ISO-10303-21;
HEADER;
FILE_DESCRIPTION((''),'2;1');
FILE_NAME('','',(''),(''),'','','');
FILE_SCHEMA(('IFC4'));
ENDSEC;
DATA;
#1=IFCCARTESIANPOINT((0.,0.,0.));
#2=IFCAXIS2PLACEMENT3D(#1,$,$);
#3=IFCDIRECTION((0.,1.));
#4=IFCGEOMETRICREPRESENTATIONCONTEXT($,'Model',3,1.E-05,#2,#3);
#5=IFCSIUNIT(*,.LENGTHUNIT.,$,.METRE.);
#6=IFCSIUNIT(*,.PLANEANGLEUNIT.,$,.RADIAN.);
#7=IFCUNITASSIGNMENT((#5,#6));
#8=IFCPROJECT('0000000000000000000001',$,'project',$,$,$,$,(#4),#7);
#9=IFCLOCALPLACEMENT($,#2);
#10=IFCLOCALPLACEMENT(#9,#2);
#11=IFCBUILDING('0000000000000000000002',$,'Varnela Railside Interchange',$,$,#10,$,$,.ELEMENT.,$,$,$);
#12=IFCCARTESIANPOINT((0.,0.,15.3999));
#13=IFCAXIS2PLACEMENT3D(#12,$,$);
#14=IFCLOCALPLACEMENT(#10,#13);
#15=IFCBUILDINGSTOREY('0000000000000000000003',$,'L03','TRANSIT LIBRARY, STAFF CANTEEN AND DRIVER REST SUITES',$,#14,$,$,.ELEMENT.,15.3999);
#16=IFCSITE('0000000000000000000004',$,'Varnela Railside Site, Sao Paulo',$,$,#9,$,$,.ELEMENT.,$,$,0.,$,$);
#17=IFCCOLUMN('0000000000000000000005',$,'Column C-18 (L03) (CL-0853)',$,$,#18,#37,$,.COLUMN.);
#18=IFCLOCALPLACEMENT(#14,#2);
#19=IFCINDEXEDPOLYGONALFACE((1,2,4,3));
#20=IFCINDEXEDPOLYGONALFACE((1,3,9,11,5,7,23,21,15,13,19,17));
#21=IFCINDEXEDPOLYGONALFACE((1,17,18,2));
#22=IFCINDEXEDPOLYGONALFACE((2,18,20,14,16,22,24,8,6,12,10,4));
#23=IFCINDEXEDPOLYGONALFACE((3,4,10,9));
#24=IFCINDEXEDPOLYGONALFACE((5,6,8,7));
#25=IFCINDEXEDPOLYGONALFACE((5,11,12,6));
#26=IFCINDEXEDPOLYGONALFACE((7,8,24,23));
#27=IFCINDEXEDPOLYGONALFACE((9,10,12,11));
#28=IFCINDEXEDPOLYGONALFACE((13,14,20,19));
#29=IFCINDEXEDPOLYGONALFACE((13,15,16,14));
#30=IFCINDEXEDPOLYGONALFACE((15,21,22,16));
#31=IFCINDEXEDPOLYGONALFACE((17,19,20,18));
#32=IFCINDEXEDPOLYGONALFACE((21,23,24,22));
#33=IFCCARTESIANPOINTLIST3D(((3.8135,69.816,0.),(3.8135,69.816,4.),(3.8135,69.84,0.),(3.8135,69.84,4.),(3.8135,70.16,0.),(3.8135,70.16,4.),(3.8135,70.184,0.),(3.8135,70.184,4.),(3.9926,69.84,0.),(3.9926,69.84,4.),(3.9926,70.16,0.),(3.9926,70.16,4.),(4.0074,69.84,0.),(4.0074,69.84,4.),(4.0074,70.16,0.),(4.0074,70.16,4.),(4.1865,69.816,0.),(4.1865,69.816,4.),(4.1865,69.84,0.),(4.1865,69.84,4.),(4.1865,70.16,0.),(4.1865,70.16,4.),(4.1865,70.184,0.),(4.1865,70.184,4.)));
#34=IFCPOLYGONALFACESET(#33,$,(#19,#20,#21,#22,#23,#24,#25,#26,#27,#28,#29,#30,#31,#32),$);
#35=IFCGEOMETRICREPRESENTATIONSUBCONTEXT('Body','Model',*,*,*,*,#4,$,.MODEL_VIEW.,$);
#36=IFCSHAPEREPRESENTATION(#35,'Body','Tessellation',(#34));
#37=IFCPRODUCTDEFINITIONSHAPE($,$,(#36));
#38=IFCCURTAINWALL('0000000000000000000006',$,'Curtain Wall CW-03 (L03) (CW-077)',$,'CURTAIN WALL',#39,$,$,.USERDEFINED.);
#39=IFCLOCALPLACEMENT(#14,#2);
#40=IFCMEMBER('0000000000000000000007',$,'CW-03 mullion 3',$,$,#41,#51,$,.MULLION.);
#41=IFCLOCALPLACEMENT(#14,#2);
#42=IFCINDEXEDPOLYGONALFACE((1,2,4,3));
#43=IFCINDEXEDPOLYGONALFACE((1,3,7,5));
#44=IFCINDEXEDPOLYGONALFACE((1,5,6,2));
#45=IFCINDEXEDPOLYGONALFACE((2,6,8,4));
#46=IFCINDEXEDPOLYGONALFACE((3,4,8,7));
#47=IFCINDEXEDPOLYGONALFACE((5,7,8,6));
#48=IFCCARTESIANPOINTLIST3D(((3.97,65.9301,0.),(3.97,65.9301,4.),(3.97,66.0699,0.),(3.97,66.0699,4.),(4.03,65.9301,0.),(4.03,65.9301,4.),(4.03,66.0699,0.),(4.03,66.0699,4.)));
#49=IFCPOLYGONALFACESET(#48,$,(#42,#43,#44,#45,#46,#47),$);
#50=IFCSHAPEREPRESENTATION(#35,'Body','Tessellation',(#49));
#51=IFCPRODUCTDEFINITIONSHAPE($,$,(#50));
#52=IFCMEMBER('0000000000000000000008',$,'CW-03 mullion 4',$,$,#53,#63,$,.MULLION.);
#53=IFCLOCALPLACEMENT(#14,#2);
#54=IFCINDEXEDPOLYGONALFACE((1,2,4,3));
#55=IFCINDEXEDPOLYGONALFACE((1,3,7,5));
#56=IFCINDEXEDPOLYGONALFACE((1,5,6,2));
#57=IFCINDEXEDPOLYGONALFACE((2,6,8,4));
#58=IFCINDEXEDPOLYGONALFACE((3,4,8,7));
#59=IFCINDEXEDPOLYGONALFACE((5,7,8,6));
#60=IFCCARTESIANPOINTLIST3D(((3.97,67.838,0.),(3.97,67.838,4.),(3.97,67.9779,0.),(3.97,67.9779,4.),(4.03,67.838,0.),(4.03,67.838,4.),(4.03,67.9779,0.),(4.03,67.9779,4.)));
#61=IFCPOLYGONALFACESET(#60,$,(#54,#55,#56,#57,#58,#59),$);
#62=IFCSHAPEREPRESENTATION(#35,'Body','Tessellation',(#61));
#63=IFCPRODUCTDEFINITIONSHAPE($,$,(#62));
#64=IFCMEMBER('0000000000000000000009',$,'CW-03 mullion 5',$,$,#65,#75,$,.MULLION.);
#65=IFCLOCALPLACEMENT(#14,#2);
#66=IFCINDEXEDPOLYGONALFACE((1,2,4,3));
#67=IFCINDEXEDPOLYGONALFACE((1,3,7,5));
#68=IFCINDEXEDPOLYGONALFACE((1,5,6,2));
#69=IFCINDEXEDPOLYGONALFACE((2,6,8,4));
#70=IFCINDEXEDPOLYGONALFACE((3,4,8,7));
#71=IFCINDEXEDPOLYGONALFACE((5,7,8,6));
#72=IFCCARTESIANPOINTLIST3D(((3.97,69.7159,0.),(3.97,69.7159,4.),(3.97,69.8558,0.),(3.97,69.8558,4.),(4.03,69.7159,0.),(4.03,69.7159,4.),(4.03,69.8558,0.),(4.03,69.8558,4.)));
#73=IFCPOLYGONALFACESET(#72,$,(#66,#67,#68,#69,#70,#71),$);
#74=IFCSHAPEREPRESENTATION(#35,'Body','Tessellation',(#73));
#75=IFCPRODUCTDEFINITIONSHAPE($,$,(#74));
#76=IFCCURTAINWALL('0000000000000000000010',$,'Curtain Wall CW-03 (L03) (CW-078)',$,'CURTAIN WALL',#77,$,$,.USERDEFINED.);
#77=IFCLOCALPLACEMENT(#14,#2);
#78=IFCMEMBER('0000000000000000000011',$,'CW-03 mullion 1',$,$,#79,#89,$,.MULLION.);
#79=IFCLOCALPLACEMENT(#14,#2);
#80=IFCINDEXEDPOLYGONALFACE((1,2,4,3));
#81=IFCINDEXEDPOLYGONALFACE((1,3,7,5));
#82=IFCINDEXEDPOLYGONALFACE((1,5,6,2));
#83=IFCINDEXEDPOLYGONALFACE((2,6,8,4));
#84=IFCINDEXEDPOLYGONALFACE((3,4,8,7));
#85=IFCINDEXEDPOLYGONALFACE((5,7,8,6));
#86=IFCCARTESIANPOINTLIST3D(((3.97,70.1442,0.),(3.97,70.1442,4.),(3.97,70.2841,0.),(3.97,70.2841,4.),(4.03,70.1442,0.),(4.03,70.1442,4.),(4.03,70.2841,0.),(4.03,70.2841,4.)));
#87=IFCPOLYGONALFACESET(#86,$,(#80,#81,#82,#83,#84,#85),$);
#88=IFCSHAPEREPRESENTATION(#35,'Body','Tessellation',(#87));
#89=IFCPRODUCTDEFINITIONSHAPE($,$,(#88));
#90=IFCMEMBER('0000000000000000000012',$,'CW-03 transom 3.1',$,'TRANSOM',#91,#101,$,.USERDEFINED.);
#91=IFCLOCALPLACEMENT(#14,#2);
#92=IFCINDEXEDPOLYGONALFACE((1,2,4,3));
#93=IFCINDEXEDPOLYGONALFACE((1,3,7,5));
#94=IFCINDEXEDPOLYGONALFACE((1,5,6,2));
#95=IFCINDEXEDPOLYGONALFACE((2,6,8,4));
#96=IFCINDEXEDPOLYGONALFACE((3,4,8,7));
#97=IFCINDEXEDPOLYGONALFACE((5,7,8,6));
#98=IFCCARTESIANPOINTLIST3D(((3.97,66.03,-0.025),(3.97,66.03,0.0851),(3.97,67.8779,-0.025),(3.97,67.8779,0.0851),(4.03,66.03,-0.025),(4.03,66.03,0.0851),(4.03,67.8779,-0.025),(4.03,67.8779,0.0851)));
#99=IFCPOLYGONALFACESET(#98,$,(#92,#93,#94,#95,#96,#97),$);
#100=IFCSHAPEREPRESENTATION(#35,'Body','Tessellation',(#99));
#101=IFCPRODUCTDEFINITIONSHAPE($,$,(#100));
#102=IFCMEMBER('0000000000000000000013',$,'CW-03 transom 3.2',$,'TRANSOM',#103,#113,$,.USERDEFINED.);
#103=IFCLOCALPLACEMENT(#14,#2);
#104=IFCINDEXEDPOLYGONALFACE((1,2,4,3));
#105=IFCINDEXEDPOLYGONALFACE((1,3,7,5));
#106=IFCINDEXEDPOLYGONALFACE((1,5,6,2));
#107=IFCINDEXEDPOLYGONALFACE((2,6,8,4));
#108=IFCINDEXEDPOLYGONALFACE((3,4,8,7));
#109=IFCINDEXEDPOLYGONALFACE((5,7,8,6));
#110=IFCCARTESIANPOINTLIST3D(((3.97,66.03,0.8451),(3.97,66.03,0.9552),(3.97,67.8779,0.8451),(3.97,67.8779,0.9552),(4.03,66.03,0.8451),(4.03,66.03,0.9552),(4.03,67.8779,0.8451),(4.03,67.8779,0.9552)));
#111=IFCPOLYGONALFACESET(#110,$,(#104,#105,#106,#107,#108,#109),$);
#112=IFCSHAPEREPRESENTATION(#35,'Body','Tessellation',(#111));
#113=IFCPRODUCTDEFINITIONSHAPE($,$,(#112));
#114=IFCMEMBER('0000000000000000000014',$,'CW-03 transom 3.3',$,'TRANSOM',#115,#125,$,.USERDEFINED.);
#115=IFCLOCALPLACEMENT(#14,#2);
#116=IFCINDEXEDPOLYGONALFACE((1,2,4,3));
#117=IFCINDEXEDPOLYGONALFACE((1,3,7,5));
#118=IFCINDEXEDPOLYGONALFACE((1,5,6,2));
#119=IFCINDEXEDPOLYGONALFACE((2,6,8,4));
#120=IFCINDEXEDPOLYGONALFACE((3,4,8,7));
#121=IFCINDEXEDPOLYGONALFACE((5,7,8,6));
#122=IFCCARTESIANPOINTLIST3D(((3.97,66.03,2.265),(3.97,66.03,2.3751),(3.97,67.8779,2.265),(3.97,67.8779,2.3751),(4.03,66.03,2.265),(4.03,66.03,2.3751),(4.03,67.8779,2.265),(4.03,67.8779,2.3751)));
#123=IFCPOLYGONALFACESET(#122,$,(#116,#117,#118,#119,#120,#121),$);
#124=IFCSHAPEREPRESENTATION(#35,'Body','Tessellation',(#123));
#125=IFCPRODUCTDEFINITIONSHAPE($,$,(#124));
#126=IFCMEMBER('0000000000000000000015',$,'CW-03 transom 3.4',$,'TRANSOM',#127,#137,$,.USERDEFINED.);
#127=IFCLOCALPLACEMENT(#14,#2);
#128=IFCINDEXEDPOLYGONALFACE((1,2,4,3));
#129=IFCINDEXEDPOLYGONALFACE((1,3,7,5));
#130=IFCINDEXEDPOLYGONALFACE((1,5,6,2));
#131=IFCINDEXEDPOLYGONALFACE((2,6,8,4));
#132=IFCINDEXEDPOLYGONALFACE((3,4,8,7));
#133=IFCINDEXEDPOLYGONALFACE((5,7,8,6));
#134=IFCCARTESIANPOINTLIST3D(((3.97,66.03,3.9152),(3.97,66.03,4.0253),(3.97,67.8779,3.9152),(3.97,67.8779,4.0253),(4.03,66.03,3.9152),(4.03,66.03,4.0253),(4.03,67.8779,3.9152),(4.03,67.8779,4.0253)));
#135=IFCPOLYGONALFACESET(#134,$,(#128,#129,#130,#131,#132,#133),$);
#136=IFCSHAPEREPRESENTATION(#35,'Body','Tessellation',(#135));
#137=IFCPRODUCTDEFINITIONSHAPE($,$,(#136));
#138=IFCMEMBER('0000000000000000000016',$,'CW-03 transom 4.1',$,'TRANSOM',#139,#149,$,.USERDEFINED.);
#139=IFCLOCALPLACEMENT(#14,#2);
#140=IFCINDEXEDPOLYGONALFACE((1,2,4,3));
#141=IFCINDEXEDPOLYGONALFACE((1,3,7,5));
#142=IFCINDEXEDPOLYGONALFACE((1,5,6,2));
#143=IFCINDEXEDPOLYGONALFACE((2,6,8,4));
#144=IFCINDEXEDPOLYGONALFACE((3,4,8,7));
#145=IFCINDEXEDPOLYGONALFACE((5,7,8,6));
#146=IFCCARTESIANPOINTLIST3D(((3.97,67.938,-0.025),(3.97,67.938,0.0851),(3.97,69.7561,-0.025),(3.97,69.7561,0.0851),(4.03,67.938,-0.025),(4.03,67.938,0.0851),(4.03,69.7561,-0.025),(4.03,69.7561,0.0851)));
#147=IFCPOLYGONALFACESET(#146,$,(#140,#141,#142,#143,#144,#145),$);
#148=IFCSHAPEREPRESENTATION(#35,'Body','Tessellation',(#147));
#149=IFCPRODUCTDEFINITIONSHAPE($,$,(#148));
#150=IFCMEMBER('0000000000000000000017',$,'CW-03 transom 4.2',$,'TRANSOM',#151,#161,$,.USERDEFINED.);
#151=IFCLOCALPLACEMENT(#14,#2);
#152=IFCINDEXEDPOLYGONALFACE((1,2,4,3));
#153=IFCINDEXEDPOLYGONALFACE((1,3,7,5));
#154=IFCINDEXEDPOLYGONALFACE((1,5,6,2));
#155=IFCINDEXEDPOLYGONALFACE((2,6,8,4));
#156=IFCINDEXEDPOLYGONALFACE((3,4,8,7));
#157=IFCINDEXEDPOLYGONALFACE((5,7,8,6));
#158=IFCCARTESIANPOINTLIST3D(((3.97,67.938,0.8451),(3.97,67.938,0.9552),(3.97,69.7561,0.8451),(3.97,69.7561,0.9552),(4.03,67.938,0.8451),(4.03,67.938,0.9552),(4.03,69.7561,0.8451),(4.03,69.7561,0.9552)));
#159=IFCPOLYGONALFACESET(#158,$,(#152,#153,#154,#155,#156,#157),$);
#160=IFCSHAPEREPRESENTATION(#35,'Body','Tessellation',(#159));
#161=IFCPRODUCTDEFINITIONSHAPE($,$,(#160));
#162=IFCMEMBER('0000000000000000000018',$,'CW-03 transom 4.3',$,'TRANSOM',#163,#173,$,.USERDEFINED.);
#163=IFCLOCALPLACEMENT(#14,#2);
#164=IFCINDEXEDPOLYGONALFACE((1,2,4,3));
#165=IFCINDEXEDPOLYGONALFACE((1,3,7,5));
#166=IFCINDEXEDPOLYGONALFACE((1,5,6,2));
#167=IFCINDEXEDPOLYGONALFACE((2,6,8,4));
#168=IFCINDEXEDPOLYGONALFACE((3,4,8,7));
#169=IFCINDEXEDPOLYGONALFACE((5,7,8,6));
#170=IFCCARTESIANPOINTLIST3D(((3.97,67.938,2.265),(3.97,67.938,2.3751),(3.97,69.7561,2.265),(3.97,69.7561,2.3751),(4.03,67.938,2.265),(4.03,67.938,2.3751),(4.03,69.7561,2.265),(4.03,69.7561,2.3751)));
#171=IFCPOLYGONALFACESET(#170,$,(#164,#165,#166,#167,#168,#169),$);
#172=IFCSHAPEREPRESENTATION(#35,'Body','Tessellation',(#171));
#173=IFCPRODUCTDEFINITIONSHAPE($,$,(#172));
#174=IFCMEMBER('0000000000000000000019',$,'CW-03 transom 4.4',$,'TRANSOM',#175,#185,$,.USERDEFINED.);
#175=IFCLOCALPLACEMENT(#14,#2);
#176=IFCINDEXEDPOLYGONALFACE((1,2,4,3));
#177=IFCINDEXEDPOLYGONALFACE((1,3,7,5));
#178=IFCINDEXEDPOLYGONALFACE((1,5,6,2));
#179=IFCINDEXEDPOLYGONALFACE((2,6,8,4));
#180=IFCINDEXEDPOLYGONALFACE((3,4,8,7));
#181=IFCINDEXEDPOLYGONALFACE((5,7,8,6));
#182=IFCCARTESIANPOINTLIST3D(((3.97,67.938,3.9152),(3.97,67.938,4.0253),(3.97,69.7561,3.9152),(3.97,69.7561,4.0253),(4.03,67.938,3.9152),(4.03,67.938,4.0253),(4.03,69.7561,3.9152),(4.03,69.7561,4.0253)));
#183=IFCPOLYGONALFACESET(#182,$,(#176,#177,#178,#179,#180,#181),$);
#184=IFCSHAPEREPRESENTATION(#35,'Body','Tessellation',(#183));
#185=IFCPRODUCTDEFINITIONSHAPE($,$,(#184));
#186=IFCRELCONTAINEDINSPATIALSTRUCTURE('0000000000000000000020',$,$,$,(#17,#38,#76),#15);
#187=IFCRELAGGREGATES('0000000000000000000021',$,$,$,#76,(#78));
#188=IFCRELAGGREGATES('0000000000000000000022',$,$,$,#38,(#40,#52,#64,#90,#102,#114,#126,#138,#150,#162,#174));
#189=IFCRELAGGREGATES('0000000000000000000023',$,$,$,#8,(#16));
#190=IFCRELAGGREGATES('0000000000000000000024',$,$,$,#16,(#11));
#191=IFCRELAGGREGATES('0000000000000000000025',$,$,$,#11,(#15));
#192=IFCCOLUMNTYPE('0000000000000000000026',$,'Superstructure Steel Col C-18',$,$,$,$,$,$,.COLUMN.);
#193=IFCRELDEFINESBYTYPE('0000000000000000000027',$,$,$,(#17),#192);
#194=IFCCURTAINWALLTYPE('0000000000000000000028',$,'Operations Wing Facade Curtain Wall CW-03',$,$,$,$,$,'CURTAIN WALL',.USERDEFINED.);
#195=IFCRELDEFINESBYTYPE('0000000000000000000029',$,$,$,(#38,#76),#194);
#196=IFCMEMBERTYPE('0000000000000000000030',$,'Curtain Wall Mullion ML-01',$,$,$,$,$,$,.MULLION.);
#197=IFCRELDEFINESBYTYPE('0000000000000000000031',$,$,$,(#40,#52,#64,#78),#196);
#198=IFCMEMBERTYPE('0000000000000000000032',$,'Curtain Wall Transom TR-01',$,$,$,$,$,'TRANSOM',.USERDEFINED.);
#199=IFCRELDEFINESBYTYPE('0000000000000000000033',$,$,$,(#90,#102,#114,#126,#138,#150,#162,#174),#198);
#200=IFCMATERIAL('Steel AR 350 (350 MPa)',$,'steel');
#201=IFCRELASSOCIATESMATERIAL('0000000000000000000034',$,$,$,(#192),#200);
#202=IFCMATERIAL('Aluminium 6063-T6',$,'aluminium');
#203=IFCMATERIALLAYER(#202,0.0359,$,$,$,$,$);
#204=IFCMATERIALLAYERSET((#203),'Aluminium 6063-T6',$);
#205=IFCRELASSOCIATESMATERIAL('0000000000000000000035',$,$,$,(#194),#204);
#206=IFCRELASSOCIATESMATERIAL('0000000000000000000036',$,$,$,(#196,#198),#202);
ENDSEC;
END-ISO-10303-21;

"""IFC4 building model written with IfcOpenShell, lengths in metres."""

from ifc_helpers import new_model, si_unit, direction, frame, origin, origin_2d, place, context, subcontext, project, spatial, rectangle, i_section, extrude, material, layer, layer_set, material_profile, profile_set, type_object, element, aggregate, save


model = new_model("IFC4")

# Units and contexts
model_context = context("Model", 3, precision=1e-05, world=origin(), true_north=direction((0.0, 1.0)))
body_context = subcontext(model_context, "Body", "Model", "MODEL_VIEW")
ifc_project = project(units=[si_unit("LENGTHUNIT", "METRE"), si_unit("PLANEANGLEUNIT", "RADIAN")], contexts=[model_context])

# Site, building, storey
site_placement = place(None, origin())
site = spatial("IfcSite", under=ifc_project, at=site_placement, Name="Varnela Railside Site, Sao Paulo", CompositionType="ELEMENT", RefElevation=0.0)
building_placement = place(site_placement, origin())
building = spatial("IfcBuilding", under=site, at=building_placement, Name="Varnela Railside Interchange", CompositionType="ELEMENT")
storey_placement = place(building_placement, frame((0.0, 0.0, 15.3999)))
storey = spatial("IfcBuildingStorey", under=building, at=storey_placement, Name="L03", Description="TRANSIT LIBRARY, STAFF CANTEEN AND DRIVER REST SUITES", CompositionType="ELEMENT", Elevation=15.3999)

# Column
ifc_material_1 = material(Name="Steel AR 350 (350 MPa)", Category="steel")
ifc_material_profile_1 = material_profile(ifc_material_1, i_section(OverallWidth=0.373, OverallDepth=0.3679, WebThickness=0.0149, FlangeThickness=0.0239, at=origin_2d()), Name="W360x179")
ifc_profile_set_1 = profile_set([ifc_material_profile_1], Name="Steel AR 350 (350 MPa)")
column_type = type_object("IfcColumnType", Name="Superstructure Steel Col C-18", PredefinedType="COLUMN", material=ifc_profile_set_1)
column_placement = place(storey_placement, frame((4.0, 70.0, 0.0), z_axis=(0.0, 0.0, 1.0), x_axis=(1.0, 0.0, 0.0)))
element("IfcColumn", 1, at=column_placement, inside=storey, type_object=column_type, Name="Column C-18 (L03) (CL-0853)", PredefinedType="COLUMN", context=body_context, shape_type="SweptSolid", body=[
    extrude(i_section(OverallWidth=0.373, OverallDepth=0.3679, WebThickness=0.0149, FlangeThickness=0.0239, at=origin_2d()), origin(), (0.0, 0.0, 1.0), 4.0),
])

# Curtain wall, members
ifc_material_2 = material(Name="Aluminium 6063-T6", Category="aluminium")
ifc_layer_1 = layer(ifc_material_2, 0.0359)
ifc_layer_set_1 = layer_set([ifc_layer_1], Name="Aluminium 6063-T6")
curtain_wall_type = type_object("IfcCurtainWallType", Name="Operations Wing Facade Curtain Wall CW-03", ElementType="CURTAIN WALL", PredefinedType="USERDEFINED", material=ifc_layer_set_1)
curtain_wall_1_placement = place(storey_placement, origin())
curtain_wall_1 = element("IfcCurtainWall", 2, at=curtain_wall_1_placement, inside=storey, type_object=curtain_wall_type, Name="Curtain Wall CW-03 (L03) (CW-077)", ObjectType="CURTAIN WALL", PredefinedType="USERDEFINED")
ifc_material_profile_2 = material_profile(ifc_material_2, rectangle(XDim=0.0601, YDim=0.1399, at=origin_2d()), Name="ALU 60x140")
ifc_profile_set_2 = profile_set([ifc_material_profile_2], Name="Aluminium 6063-T6")
member_type_1 = type_object("IfcMemberType", Name="Curtain Wall Mullion ML-01", PredefinedType="MULLION", material=ifc_profile_set_2)
member_1_placement = place(storey_placement, frame((4.0, 66.0, 0.0), z_axis=(0.0, 0.0, 1.0), x_axis=(-1.0, 0.0, 0.0)))
member_1 = element("IfcMember", 3, at=member_1_placement, type_object=member_type_1, Name="CW-03 mullion 3", PredefinedType="MULLION", context=body_context, shape_type="SweptSolid", body=[
    extrude(rectangle(XDim=0.0601, YDim=0.1399, at=origin_2d()), origin(), (0.0, 0.0, 1.0), 4.0),
])
member_2_placement = place(storey_placement, frame((4.0, 67.908, 0.0), z_axis=(0.0, 0.0, 1.0), x_axis=(-1.0, 0.0, 0.0)))
member_2 = element("IfcMember", 4, at=member_2_placement, type_object=member_type_1, Name="CW-03 mullion 4", PredefinedType="MULLION", context=body_context, shape_type="SweptSolid", body=[
    extrude(rectangle(XDim=0.0601, YDim=0.1399, at=origin_2d()), origin(), (0.0, 0.0, 1.0), 4.0),
])
member_3_placement = place(storey_placement, frame((4.0, 69.7859, 0.0), z_axis=(0.0, 0.0, 1.0), x_axis=(-1.0, 0.0, 0.0)))
member_3 = element("IfcMember", 5, at=member_3_placement, type_object=member_type_1, Name="CW-03 mullion 5", PredefinedType="MULLION", context=body_context, shape_type="SweptSolid", body=[
    extrude(rectangle(XDim=0.0601, YDim=0.1399, at=origin_2d()), origin(), (0.0, 0.0, 1.0), 4.0),
])

# Curtain wall, member
curtain_wall_2_placement = place(storey_placement, origin())
curtain_wall_2 = element("IfcCurtainWall", 6, at=curtain_wall_2_placement, inside=storey, type_object=curtain_wall_type, Name="Curtain Wall CW-03 (L03) (CW-078)", ObjectType="CURTAIN WALL", PredefinedType="USERDEFINED")
member_4_placement = place(storey_placement, frame((4.0, 70.2141, 0.0), z_axis=(0.0, 0.0, 1.0), x_axis=(-1.0, 0.0, 0.0)))
member_4 = element("IfcMember", 7, at=member_4_placement, type_object=member_type_1, Name="CW-03 mullion 1", PredefinedType="MULLION", context=body_context, shape_type="SweptSolid", body=[
    extrude(rectangle(XDim=0.0601, YDim=0.1399, at=origin_2d()), origin(), (0.0, 0.0, 1.0), 4.0),
])
aggregate(curtain_wall_2, [member_4])

# Members
ifc_material_profile_3 = material_profile(ifc_material_2, rectangle(XDim=0.0601, YDim=0.1101, at=origin_2d()), Name="ALU 60x110")
ifc_profile_set_3 = profile_set([ifc_material_profile_3], Name="Aluminium 6063-T6")
member_type_2 = type_object("IfcMemberType", Name="Curtain Wall Transom TR-01", ElementType="TRANSOM", PredefinedType="USERDEFINED", material=ifc_profile_set_3)
member_5_placement = place(storey_placement, frame((4.0, 66.03, 0.03), z_axis=(0.0, 1.0, 0.0), x_axis=(-1.0, 0.0, 0.0)))
member_5 = element("IfcMember", 8, at=member_5_placement, type_object=member_type_2, Name="CW-03 transom 3.1", ObjectType="TRANSOM", PredefinedType="USERDEFINED", context=body_context, shape_type="SweptSolid", body=[
    extrude(rectangle(XDim=0.0601, YDim=0.1101, at=origin_2d()), origin(), (0.0, 0.0, 1.0), 1.8479),
])
member_6_placement = place(storey_placement, frame((4.0, 66.03, 0.9001), z_axis=(0.0, 1.0, 0.0), x_axis=(-1.0, 0.0, 0.0)))
member_6 = element("IfcMember", 9, at=member_6_placement, type_object=member_type_2, Name="CW-03 transom 3.2", ObjectType="TRANSOM", PredefinedType="USERDEFINED", context=body_context, shape_type="SweptSolid", body=[
    extrude(rectangle(XDim=0.0601, YDim=0.1101, at=origin_2d()), origin(), (0.0, 0.0, 1.0), 1.8479),
])
member_7_placement = place(storey_placement, frame((4.0, 66.03, 2.3201), z_axis=(0.0, 1.0, 0.0), x_axis=(-1.0, 0.0, 0.0)))
member_7 = element("IfcMember", 10, at=member_7_placement, type_object=member_type_2, Name="CW-03 transom 3.3", ObjectType="TRANSOM", PredefinedType="USERDEFINED", context=body_context, shape_type="SweptSolid", body=[
    extrude(rectangle(XDim=0.0601, YDim=0.1101, at=origin_2d()), origin(), (0.0, 0.0, 1.0), 1.8479),
])
member_8_placement = place(storey_placement, frame((4.0, 66.03, 3.9702), z_axis=(0.0, 1.0, 0.0), x_axis=(-1.0, 0.0, 0.0)))
member_8 = element("IfcMember", 11, at=member_8_placement, type_object=member_type_2, Name="CW-03 transom 3.4", ObjectType="TRANSOM", PredefinedType="USERDEFINED", context=body_context, shape_type="SweptSolid", body=[
    extrude(rectangle(XDim=0.0601, YDim=0.1101, at=origin_2d()), origin(), (0.0, 0.0, 1.0), 1.8479),
])
member_9_placement = place(storey_placement, frame((4.0, 67.938, 0.03), z_axis=(0.0, 1.0, 0.0), x_axis=(-1.0, 0.0, 0.0)))
member_9 = element("IfcMember", 12, at=member_9_placement, type_object=member_type_2, Name="CW-03 transom 4.1", ObjectType="TRANSOM", PredefinedType="USERDEFINED", context=body_context, shape_type="SweptSolid", body=[
    extrude(rectangle(XDim=0.0601, YDim=0.1101, at=origin_2d()), origin(), (0.0, 0.0, 1.0), 1.8181),
])
member_10_placement = place(storey_placement, frame((4.0, 67.938, 0.9001), z_axis=(0.0, 1.0, 0.0), x_axis=(-1.0, 0.0, 0.0)))
member_10 = element("IfcMember", 13, at=member_10_placement, type_object=member_type_2, Name="CW-03 transom 4.2", ObjectType="TRANSOM", PredefinedType="USERDEFINED", context=body_context, shape_type="SweptSolid", body=[
    extrude(rectangle(XDim=0.0601, YDim=0.1101, at=origin_2d()), origin(), (0.0, 0.0, 1.0), 1.8181),
])
member_11_placement = place(storey_placement, frame((4.0, 67.938, 2.3201), z_axis=(0.0, 1.0, 0.0), x_axis=(-1.0, 0.0, 0.0)))
member_11 = element("IfcMember", 14, at=member_11_placement, type_object=member_type_2, Name="CW-03 transom 4.3", ObjectType="TRANSOM", PredefinedType="USERDEFINED", context=body_context, shape_type="SweptSolid", body=[
    extrude(rectangle(XDim=0.0601, YDim=0.1101, at=origin_2d()), origin(), (0.0, 0.0, 1.0), 1.8181),
])
member_12_placement = place(storey_placement, frame((4.0, 67.938, 3.9702), z_axis=(0.0, 1.0, 0.0), x_axis=(-1.0, 0.0, 0.0)))
member_12 = element("IfcMember", 15, at=member_12_placement, type_object=member_type_2, Name="CW-03 transom 4.4", ObjectType="TRANSOM", PredefinedType="USERDEFINED", context=body_context, shape_type="SweptSolid", body=[
    extrude(rectangle(XDim=0.0601, YDim=0.1101, at=origin_2d()), origin(), (0.0, 0.0, 1.0), 1.8181),
])

aggregate(curtain_wall_1, [member_1, member_2, member_3, member_5, member_6, member_7, member_8, member_9, member_10, member_11, member_12])

save(model, "model.ifc")
